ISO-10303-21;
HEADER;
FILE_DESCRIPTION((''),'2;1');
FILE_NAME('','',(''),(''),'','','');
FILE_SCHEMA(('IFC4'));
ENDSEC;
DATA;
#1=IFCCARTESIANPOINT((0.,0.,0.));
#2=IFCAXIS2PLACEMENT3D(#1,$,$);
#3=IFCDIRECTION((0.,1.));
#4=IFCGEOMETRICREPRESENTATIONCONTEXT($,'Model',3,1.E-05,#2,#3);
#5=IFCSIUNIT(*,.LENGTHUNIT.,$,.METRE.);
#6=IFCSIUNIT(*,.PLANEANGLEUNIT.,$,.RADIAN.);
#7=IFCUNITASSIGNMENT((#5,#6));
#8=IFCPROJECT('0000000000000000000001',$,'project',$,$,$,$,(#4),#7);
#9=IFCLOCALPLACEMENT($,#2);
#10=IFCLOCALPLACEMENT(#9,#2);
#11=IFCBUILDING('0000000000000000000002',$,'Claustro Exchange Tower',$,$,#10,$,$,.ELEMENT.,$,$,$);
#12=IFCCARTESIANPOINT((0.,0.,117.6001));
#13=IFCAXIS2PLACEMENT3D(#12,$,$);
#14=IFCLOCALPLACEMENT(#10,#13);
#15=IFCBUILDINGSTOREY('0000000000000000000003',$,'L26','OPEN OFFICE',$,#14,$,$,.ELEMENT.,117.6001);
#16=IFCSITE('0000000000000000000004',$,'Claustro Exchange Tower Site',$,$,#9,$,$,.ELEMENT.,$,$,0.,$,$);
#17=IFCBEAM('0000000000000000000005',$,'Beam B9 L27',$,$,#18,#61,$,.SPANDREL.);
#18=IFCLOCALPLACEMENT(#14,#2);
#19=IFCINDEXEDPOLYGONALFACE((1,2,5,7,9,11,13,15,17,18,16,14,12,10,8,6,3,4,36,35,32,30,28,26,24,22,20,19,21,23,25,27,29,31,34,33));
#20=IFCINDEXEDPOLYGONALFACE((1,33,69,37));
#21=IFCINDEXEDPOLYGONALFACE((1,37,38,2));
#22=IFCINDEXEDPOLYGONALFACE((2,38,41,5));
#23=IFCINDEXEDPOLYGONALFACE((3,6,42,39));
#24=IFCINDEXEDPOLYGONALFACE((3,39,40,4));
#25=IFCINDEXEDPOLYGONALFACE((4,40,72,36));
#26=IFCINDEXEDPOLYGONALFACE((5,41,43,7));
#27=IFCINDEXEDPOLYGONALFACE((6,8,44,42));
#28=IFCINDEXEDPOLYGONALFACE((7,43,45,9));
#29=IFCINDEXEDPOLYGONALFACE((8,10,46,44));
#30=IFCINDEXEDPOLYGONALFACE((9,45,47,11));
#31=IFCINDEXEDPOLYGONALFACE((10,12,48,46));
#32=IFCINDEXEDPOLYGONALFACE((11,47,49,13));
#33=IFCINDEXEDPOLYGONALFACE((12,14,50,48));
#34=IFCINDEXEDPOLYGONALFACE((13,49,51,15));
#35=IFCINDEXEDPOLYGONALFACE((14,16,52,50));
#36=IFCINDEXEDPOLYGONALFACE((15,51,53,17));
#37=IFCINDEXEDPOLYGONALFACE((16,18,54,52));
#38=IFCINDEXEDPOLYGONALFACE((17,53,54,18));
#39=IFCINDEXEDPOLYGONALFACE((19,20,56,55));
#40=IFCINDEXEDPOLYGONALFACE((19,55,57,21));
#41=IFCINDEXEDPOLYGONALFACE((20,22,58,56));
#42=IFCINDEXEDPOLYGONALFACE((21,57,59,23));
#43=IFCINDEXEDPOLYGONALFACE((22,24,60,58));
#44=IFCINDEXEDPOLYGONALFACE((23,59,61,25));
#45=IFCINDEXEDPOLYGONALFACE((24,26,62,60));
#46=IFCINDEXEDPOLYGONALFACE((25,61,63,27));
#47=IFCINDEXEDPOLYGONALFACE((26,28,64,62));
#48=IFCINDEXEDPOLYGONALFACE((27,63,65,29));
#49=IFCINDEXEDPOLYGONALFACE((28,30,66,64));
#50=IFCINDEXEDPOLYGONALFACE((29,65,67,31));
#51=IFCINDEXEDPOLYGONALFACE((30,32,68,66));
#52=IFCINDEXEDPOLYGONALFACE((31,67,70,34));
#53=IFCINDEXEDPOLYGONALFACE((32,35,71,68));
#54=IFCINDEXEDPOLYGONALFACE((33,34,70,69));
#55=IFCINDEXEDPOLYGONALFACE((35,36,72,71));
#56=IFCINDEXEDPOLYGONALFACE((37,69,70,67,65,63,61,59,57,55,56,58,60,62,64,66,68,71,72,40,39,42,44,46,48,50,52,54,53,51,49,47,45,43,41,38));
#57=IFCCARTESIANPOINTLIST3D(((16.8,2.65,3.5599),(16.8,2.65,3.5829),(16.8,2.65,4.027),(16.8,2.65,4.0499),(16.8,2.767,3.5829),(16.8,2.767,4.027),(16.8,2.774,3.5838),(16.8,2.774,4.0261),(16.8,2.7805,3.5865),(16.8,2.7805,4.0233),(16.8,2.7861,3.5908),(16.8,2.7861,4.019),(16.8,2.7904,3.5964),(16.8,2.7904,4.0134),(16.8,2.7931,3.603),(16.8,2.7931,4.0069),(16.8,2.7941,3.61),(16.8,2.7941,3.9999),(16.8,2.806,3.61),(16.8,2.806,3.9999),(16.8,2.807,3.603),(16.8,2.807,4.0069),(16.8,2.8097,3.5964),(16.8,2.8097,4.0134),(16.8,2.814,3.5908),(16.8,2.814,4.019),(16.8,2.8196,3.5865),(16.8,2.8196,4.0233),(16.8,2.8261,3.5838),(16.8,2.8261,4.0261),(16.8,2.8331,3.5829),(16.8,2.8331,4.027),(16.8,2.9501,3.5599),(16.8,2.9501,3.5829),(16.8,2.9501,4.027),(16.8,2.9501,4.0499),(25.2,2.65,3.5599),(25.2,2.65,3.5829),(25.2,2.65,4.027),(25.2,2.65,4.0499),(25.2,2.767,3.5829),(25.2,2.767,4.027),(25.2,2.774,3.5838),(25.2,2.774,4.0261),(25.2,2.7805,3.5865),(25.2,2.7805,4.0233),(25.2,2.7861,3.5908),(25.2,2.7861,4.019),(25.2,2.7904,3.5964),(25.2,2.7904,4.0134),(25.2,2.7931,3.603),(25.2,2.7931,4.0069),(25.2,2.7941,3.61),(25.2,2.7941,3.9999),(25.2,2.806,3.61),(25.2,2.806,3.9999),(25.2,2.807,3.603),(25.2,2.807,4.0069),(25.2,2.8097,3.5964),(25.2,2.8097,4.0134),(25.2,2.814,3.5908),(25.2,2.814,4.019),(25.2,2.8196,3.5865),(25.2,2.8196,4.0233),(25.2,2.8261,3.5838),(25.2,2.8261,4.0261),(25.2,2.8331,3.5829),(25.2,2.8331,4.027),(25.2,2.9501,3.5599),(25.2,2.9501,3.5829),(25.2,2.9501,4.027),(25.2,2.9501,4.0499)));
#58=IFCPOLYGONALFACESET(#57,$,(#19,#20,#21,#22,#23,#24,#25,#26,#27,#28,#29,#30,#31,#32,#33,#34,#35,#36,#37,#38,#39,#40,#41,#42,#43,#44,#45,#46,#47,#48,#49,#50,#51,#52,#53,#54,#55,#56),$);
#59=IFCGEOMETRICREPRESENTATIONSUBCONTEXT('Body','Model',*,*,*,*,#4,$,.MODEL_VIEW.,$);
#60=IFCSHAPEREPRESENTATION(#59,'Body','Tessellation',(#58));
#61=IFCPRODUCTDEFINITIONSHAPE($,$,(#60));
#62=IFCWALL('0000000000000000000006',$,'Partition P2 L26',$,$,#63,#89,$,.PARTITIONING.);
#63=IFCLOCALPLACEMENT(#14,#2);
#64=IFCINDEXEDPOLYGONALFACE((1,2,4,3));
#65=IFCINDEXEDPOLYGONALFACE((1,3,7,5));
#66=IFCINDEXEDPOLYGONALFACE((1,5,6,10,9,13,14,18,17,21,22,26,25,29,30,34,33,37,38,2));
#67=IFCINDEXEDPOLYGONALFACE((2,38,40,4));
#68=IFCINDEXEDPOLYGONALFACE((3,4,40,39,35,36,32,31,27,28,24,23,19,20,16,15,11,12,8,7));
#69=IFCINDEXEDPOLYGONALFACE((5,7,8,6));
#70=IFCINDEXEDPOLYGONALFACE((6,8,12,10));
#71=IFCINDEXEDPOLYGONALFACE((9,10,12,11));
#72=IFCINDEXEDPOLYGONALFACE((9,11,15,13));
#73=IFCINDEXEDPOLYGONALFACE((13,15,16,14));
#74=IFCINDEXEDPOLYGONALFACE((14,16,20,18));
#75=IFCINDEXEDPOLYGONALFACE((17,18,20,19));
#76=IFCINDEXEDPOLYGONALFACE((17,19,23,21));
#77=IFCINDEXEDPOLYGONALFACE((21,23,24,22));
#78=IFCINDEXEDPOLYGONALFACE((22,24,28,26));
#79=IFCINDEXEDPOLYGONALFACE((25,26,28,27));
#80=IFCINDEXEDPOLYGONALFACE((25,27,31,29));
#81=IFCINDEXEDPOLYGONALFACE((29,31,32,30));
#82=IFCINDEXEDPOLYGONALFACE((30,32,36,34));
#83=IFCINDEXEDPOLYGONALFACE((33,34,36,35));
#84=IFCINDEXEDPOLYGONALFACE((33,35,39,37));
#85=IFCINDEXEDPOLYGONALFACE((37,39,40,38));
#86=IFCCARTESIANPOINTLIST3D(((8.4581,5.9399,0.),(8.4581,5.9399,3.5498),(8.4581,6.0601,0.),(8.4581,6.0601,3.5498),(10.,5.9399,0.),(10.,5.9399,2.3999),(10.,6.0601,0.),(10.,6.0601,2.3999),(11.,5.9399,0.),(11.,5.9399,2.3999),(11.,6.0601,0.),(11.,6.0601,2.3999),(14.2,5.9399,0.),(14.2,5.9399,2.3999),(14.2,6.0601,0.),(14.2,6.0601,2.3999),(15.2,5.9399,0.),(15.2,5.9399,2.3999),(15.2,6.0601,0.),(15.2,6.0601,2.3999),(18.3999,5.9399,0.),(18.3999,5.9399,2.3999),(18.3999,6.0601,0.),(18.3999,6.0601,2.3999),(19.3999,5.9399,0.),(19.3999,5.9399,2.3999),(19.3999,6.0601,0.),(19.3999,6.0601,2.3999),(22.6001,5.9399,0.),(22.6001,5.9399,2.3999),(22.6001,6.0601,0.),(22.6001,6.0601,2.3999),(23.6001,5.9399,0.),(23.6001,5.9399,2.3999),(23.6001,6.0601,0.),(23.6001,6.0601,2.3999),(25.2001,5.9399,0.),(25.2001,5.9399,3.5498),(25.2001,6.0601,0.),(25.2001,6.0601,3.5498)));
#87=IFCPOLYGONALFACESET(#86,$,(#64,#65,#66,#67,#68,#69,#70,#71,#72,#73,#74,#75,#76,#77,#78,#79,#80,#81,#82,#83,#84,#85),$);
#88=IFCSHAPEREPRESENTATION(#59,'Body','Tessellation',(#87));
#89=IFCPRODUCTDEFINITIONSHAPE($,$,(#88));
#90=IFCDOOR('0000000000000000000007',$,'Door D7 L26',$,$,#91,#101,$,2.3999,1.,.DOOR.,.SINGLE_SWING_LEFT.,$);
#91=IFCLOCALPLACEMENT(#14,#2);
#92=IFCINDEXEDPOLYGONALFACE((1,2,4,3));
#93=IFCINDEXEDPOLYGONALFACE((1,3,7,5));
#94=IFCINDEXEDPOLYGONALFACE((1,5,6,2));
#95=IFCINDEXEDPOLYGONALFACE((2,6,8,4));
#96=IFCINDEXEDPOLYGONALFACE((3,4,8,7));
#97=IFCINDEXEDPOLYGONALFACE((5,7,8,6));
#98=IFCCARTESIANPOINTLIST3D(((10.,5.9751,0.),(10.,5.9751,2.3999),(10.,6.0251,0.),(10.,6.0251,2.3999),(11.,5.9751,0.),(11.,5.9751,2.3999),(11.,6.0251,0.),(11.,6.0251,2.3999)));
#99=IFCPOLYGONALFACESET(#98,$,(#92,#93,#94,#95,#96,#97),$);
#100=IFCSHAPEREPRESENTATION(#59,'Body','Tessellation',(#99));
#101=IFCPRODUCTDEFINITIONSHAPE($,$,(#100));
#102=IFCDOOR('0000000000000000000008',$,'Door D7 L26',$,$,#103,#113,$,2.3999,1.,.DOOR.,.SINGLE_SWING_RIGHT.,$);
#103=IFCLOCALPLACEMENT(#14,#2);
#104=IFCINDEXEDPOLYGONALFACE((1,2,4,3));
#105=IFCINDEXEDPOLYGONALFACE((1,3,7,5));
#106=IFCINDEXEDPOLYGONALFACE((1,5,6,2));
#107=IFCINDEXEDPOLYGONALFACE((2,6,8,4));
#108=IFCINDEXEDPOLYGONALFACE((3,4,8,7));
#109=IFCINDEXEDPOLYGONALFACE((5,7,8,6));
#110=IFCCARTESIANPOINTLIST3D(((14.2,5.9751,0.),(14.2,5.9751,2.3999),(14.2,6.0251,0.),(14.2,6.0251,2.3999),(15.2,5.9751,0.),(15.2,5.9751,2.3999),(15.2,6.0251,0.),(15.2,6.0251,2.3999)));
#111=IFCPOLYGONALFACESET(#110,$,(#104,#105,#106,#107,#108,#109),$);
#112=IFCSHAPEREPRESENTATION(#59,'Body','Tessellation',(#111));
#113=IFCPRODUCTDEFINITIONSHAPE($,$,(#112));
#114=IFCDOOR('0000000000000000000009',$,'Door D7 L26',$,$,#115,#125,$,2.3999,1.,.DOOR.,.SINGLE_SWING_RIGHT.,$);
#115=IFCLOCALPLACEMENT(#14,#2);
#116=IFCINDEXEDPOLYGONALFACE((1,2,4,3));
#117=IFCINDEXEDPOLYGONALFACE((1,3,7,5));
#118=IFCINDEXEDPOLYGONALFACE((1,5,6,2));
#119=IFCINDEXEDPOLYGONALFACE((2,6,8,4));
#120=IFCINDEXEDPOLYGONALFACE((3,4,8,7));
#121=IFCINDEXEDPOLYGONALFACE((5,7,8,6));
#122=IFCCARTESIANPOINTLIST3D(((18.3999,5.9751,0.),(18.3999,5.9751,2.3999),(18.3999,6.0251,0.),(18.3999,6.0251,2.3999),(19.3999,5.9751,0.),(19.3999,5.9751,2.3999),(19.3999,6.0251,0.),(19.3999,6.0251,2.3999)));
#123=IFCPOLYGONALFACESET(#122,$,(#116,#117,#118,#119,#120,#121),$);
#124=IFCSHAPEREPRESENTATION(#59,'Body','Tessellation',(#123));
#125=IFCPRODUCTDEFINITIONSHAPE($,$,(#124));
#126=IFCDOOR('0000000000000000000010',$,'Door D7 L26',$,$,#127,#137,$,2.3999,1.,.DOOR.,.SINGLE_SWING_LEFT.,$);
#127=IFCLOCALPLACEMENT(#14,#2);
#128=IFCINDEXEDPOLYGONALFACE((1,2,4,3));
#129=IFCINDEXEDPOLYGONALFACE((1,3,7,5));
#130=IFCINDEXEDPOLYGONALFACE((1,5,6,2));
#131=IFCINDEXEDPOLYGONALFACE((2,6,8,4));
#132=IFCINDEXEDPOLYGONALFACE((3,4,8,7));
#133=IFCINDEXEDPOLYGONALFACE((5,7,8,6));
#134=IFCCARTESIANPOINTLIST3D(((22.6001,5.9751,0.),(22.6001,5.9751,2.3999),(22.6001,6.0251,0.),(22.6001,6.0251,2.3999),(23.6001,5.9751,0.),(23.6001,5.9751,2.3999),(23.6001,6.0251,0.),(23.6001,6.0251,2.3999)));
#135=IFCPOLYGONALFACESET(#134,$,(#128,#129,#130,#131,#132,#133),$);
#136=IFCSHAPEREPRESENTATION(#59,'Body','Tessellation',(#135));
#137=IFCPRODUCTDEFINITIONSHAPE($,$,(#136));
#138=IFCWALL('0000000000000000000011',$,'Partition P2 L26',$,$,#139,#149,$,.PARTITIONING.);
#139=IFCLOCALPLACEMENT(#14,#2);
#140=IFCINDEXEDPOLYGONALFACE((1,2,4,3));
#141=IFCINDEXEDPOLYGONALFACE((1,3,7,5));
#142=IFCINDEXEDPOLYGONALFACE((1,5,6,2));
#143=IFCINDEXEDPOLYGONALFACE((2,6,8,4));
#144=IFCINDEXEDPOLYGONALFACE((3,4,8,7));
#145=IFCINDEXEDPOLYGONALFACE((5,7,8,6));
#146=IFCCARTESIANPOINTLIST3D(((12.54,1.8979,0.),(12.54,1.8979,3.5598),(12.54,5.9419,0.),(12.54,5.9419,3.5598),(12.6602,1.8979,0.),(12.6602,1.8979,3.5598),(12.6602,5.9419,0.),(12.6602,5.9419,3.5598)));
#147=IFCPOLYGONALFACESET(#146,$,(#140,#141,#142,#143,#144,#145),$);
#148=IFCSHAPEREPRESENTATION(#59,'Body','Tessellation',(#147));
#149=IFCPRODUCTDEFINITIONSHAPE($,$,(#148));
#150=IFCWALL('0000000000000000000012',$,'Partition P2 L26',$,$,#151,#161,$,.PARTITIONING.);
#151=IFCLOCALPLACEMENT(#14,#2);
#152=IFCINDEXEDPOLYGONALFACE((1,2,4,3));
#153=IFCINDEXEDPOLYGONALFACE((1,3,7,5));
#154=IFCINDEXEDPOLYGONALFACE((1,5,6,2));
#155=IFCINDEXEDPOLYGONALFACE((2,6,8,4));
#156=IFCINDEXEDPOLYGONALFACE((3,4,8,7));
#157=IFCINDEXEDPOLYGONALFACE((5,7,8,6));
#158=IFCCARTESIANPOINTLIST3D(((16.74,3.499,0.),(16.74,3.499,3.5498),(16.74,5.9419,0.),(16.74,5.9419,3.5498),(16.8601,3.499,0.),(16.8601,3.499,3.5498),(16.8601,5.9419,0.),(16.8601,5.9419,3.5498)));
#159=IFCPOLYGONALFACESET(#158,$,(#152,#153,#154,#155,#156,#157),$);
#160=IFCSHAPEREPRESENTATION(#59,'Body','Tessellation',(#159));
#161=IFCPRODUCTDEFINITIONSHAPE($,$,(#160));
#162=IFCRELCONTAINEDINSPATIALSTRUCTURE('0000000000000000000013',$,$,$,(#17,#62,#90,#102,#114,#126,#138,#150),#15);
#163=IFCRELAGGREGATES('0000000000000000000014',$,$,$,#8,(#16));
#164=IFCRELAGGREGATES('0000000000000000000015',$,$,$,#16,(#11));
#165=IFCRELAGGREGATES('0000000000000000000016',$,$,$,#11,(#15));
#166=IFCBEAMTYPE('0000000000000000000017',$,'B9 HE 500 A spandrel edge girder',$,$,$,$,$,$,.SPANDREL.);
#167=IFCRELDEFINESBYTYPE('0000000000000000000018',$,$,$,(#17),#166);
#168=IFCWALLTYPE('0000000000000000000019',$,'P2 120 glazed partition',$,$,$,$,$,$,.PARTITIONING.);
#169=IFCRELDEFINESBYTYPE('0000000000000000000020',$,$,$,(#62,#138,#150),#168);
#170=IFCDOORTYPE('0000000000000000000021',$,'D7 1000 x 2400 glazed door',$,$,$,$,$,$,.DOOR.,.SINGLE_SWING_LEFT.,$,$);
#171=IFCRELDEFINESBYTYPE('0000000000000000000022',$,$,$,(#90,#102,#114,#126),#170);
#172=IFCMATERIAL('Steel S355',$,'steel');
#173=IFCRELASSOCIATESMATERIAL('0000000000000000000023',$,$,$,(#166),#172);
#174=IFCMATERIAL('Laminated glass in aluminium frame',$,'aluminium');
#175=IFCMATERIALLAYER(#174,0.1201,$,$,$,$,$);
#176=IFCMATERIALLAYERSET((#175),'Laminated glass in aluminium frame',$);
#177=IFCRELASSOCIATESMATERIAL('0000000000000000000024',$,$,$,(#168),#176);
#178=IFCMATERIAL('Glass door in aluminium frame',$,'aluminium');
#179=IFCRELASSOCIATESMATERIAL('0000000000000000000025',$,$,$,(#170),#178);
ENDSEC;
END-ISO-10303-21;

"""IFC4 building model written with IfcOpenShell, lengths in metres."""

from ifc_helpers import new_model, si_unit, direction, frame, frame_2d, origin, origin_2d, place, context, subcontext, project, spatial, rectangle, i_section, extrude, material, layer, layer_set, material_profile, profile_set, type_object, element, fill, save


model = new_model("IFC4")

# Units and contexts
model_context = context("Model", 3, precision=1e-05, world=origin(), true_north=direction((0.0, 1.0)))
body_context = subcontext(model_context, "Body", "Model", "MODEL_VIEW")
ifc_project = project(units=[si_unit("LENGTHUNIT", "METRE"), si_unit("PLANEANGLEUNIT", "RADIAN")], contexts=[model_context])

# Site, building, storey
site_placement = place(None, origin())
site = spatial("IfcSite", under=ifc_project, at=site_placement, Name="Claustro Exchange Tower Site", CompositionType="ELEMENT", RefElevation=0.0)
building_placement = place(site_placement, origin())
building = spatial("IfcBuilding", under=site, at=building_placement, Name="Claustro Exchange Tower", CompositionType="ELEMENT")
storey_placement = place(building_placement, frame((0.0, 0.0, 117.6001)))
storey = spatial("IfcBuildingStorey", under=building, at=storey_placement, Name="L26", Description="OPEN OFFICE", CompositionType="ELEMENT", Elevation=117.6001)

# Beam
ifc_material_1 = material(Name="Steel S355", Category="steel")
ifc_material_profile_1 = material_profile(ifc_material_1, i_section(OverallWidth=0.3, OverallDepth=0.49, WebThickness=0.012, FlangeThickness=0.0229, FilletRadius=0.0271, at=origin_2d()), Name="HE 500 A")
ifc_profile_set_1 = profile_set([ifc_material_profile_1], Name="Steel S355")
beam_type_1 = type_object("IfcBeamType", Name="B9 HE 500 A spandrel edge girder", PredefinedType="SPANDREL", material=ifc_profile_set_1)
beam_1_placement = place(storey_placement, frame((16.8, 2.8, 3.8049), z_axis=(1.0, 0.0, 0.0), x_axis=(0.0, 1.0, 0.0)))
element("IfcBeam", 1, at=beam_1_placement, inside=storey, type_object=beam_type_1, Name="Beam B9 L27", PredefinedType="SPANDREL", context=body_context, shape_type="SweptSolid", body=[
    extrude(i_section(OverallWidth=0.3, OverallDepth=0.49, WebThickness=0.012, FlangeThickness=0.0229, FilletRadius=0.0271, at=origin_2d()), origin(), (0.0, 0.0, 1.0), 8.3999),
])

# Wall, openings, doors
ifc_material_2 = material(Name="Laminated glass in aluminium frame", Category="aluminium")
ifc_layer_1 = layer(ifc_material_2, 0.1201)
ifc_layer_set_1 = layer_set([ifc_layer_1], Name="Laminated glass in aluminium frame")
wall_type_1 = type_object("IfcWallType", Name="P2 120 glazed partition", PredefinedType="PARTITIONING", material=ifc_layer_set_1)
wall_1_placement = place(storey_placement, frame((8.458, 6.0, 0.0), z_axis=(0.0, 0.0, 1.0), x_axis=(1.0, 0.0, 0.0)))
wall_1 = element("IfcWall", 2, at=wall_1_placement, inside=storey, type_object=wall_type_1, Name="Partition P2 L26", PredefinedType="PARTITIONING", context=body_context, shape_type="SweptSolid", body=[
    extrude(rectangle(XDim=16.7419, YDim=0.1201, at=frame_2d((8.3711, 0.0))), origin(), (0.0, 0.0, 1.0), 3.5498),
])
opening_1_placement = place(wall_1_placement, frame((1.542, 0.0, 0.0)))
opening_1 = element("IfcOpeningElement", 3, at=opening_1_placement, cuts=wall_1, PredefinedType="OPENING", context=body_context, shape_type="SweptSolid", body=[
    extrude(rectangle(XDim=1.0, YDim=2.3999, at=frame_2d((0.5, 1.2))), frame((0.0, 0.0701, 0.0), z_axis=(0.0, -1.0, 0.0), x_axis=(1.0, 0.0, 0.0)), (0.0, 0.0, 1.0), 0.1401),
])
opening_2_placement = place(wall_1_placement, frame((5.7419, 0.0, 0.0)))
opening_2 = element("IfcOpeningElement", 4, at=opening_2_placement, cuts=wall_1, PredefinedType="OPENING", context=body_context, shape_type="SweptSolid", body=[
    extrude(rectangle(XDim=1.0, YDim=2.3999, at=frame_2d((0.5, 1.2))), frame((0.0, 0.0701, 0.0), z_axis=(0.0, -1.0, 0.0), x_axis=(1.0, 0.0, 0.0)), (0.0, 0.0, 1.0), 0.1401),
])
opening_3_placement = place(wall_1_placement, frame((9.9419, 0.0, 0.0)))
opening_3 = element("IfcOpeningElement", 5, at=opening_3_placement, cuts=wall_1, PredefinedType="OPENING", context=body_context, shape_type="SweptSolid", body=[
    extrude(rectangle(XDim=1.0, YDim=2.3999, at=frame_2d((0.5, 1.2))), frame((0.0, 0.0701, 0.0), z_axis=(0.0, -1.0, 0.0), x_axis=(1.0, 0.0, 0.0)), (0.0, 0.0, 1.0), 0.1401),
])
opening_4_placement = place(wall_1_placement, frame((14.1421, 0.0, 0.0)))
opening_4 = element("IfcOpeningElement", 6, at=opening_4_placement, cuts=wall_1, PredefinedType="OPENING", context=body_context, shape_type="SweptSolid", body=[
    extrude(rectangle(XDim=1.0, YDim=2.3999, at=frame_2d((0.5, 1.2))), frame((0.0, 0.0701, 0.0), z_axis=(0.0, -1.0, 0.0), x_axis=(1.0, 0.0, 0.0)), (0.0, 0.0, 1.0), 0.1401),
])
ifc_material_3 = material(Name="Glass door in aluminium frame", Category="aluminium")
door_type = type_object("IfcDoorType", Name="D7 1000 x 2400 glazed door", OperationType="SINGLE_SWING_LEFT", PredefinedType="DOOR", material=ifc_material_3)
door_1_placement = place(opening_1_placement, frame((1.0, 0.0, 0.0), z_axis=(0.0, 0.0, 1.0), x_axis=(-1.0, 0.0, 0.0)))
door_1 = element("IfcDoor", 7, at=door_1_placement, inside=storey, type_object=door_type, Name="Door D7 L26", OperationType="SINGLE_SWING_LEFT", OverallHeight=2.3999, OverallWidth=1.0, PredefinedType="DOOR", context=body_context, shape_type="SweptSolid", body=[
    extrude(rectangle(XDim=1.0, YDim=2.3999, at=frame_2d((0.5, 1.2))), frame((0.0, 0.0249, 0.0), z_axis=(0.0, -1.0, 0.0), x_axis=(1.0, 0.0, 0.0)), (0.0, 0.0, 1.0), 0.05),
])
fill(opening_1, door_1)
door_2_placement = place(opening_2_placement, frame((1.0, 0.0, 0.0), z_axis=(0.0, 0.0, 1.0), x_axis=(-1.0, 0.0, 0.0)))
door_2 = element("IfcDoor", 8, at=door_2_placement, inside=storey, type_object=door_type, Name="Door D7 L26", OperationType="SINGLE_SWING_RIGHT", OverallHeight=2.3999, OverallWidth=1.0, PredefinedType="DOOR", context=body_context, shape_type="SweptSolid", body=[
    extrude(rectangle(XDim=1.0, YDim=2.3999, at=frame_2d((0.5, 1.2))), frame((0.0, 0.0249, 0.0), z_axis=(0.0, -1.0, 0.0), x_axis=(1.0, 0.0, 0.0)), (0.0, 0.0, 1.0), 0.05),
])
fill(opening_2, door_2)
door_3_placement = place(opening_3_placement, frame((1.0, 0.0, 0.0), z_axis=(0.0, 0.0, 1.0), x_axis=(-1.0, 0.0, 0.0)))
door_3 = element("IfcDoor", 9, at=door_3_placement, inside=storey, type_object=door_type, Name="Door D7 L26", OperationType="SINGLE_SWING_RIGHT", OverallHeight=2.3999, OverallWidth=1.0, PredefinedType="DOOR", context=body_context, shape_type="SweptSolid", body=[
    extrude(rectangle(XDim=1.0, YDim=2.3999, at=frame_2d((0.5, 1.2))), frame((0.0, 0.0249, 0.0), z_axis=(0.0, -1.0, 0.0), x_axis=(1.0, 0.0, 0.0)), (0.0, 0.0, 1.0), 0.05),
])
fill(opening_3, door_3)
door_4_placement = place(opening_4_placement, frame((1.0, 0.0, 0.0), z_axis=(0.0, 0.0, 1.0), x_axis=(-1.0, 0.0, 0.0)))
door_4 = element("IfcDoor", 10, at=door_4_placement, inside=storey, type_object=door_type, Name="Door D7 L26", OperationType="SINGLE_SWING_LEFT", OverallHeight=2.3999, OverallWidth=1.0, PredefinedType="DOOR", context=body_context, shape_type="SweptSolid", body=[
    extrude(rectangle(XDim=1.0, YDim=2.3999, at=frame_2d((0.5, 1.2))), frame((0.0, 0.0249, 0.0), z_axis=(0.0, -1.0, 0.0), x_axis=(1.0, 0.0, 0.0)), (0.0, 0.0, 1.0), 0.05),
])
fill(opening_4, door_4)

# Walls
wall_2_placement = place(storey_placement, frame((12.6001, 1.8979, 0.0), z_axis=(0.0, 0.0, 1.0), x_axis=(0.0, 1.0, 0.0)))
element("IfcWall", 11, at=wall_2_placement, inside=storey, type_object=wall_type_1, Name="Partition P2 L26", PredefinedType="PARTITIONING", context=body_context, shape_type="SweptSolid", body=[
    extrude(rectangle(XDim=4.0439, YDim=0.1201, at=frame_2d((2.022, 0.0))), origin(), (0.0, 0.0, 1.0), 3.5598),
])
wall_3_placement = place(storey_placement, frame((16.8, 3.499, 0.0), z_axis=(0.0, 0.0, 1.0), x_axis=(0.0, 1.0, 0.0)))
element("IfcWall", 12, at=wall_3_placement, inside=storey, type_object=wall_type_1, Name="Partition P2 L26", PredefinedType="PARTITIONING", context=body_context, shape_type="SweptSolid", body=[
    extrude(rectangle(XDim=2.4429, YDim=0.1201, at=frame_2d((1.2214, 0.0))), origin(), (0.0, 0.0, 1.0), 3.5498),
])

save(model, "model.ifc")
